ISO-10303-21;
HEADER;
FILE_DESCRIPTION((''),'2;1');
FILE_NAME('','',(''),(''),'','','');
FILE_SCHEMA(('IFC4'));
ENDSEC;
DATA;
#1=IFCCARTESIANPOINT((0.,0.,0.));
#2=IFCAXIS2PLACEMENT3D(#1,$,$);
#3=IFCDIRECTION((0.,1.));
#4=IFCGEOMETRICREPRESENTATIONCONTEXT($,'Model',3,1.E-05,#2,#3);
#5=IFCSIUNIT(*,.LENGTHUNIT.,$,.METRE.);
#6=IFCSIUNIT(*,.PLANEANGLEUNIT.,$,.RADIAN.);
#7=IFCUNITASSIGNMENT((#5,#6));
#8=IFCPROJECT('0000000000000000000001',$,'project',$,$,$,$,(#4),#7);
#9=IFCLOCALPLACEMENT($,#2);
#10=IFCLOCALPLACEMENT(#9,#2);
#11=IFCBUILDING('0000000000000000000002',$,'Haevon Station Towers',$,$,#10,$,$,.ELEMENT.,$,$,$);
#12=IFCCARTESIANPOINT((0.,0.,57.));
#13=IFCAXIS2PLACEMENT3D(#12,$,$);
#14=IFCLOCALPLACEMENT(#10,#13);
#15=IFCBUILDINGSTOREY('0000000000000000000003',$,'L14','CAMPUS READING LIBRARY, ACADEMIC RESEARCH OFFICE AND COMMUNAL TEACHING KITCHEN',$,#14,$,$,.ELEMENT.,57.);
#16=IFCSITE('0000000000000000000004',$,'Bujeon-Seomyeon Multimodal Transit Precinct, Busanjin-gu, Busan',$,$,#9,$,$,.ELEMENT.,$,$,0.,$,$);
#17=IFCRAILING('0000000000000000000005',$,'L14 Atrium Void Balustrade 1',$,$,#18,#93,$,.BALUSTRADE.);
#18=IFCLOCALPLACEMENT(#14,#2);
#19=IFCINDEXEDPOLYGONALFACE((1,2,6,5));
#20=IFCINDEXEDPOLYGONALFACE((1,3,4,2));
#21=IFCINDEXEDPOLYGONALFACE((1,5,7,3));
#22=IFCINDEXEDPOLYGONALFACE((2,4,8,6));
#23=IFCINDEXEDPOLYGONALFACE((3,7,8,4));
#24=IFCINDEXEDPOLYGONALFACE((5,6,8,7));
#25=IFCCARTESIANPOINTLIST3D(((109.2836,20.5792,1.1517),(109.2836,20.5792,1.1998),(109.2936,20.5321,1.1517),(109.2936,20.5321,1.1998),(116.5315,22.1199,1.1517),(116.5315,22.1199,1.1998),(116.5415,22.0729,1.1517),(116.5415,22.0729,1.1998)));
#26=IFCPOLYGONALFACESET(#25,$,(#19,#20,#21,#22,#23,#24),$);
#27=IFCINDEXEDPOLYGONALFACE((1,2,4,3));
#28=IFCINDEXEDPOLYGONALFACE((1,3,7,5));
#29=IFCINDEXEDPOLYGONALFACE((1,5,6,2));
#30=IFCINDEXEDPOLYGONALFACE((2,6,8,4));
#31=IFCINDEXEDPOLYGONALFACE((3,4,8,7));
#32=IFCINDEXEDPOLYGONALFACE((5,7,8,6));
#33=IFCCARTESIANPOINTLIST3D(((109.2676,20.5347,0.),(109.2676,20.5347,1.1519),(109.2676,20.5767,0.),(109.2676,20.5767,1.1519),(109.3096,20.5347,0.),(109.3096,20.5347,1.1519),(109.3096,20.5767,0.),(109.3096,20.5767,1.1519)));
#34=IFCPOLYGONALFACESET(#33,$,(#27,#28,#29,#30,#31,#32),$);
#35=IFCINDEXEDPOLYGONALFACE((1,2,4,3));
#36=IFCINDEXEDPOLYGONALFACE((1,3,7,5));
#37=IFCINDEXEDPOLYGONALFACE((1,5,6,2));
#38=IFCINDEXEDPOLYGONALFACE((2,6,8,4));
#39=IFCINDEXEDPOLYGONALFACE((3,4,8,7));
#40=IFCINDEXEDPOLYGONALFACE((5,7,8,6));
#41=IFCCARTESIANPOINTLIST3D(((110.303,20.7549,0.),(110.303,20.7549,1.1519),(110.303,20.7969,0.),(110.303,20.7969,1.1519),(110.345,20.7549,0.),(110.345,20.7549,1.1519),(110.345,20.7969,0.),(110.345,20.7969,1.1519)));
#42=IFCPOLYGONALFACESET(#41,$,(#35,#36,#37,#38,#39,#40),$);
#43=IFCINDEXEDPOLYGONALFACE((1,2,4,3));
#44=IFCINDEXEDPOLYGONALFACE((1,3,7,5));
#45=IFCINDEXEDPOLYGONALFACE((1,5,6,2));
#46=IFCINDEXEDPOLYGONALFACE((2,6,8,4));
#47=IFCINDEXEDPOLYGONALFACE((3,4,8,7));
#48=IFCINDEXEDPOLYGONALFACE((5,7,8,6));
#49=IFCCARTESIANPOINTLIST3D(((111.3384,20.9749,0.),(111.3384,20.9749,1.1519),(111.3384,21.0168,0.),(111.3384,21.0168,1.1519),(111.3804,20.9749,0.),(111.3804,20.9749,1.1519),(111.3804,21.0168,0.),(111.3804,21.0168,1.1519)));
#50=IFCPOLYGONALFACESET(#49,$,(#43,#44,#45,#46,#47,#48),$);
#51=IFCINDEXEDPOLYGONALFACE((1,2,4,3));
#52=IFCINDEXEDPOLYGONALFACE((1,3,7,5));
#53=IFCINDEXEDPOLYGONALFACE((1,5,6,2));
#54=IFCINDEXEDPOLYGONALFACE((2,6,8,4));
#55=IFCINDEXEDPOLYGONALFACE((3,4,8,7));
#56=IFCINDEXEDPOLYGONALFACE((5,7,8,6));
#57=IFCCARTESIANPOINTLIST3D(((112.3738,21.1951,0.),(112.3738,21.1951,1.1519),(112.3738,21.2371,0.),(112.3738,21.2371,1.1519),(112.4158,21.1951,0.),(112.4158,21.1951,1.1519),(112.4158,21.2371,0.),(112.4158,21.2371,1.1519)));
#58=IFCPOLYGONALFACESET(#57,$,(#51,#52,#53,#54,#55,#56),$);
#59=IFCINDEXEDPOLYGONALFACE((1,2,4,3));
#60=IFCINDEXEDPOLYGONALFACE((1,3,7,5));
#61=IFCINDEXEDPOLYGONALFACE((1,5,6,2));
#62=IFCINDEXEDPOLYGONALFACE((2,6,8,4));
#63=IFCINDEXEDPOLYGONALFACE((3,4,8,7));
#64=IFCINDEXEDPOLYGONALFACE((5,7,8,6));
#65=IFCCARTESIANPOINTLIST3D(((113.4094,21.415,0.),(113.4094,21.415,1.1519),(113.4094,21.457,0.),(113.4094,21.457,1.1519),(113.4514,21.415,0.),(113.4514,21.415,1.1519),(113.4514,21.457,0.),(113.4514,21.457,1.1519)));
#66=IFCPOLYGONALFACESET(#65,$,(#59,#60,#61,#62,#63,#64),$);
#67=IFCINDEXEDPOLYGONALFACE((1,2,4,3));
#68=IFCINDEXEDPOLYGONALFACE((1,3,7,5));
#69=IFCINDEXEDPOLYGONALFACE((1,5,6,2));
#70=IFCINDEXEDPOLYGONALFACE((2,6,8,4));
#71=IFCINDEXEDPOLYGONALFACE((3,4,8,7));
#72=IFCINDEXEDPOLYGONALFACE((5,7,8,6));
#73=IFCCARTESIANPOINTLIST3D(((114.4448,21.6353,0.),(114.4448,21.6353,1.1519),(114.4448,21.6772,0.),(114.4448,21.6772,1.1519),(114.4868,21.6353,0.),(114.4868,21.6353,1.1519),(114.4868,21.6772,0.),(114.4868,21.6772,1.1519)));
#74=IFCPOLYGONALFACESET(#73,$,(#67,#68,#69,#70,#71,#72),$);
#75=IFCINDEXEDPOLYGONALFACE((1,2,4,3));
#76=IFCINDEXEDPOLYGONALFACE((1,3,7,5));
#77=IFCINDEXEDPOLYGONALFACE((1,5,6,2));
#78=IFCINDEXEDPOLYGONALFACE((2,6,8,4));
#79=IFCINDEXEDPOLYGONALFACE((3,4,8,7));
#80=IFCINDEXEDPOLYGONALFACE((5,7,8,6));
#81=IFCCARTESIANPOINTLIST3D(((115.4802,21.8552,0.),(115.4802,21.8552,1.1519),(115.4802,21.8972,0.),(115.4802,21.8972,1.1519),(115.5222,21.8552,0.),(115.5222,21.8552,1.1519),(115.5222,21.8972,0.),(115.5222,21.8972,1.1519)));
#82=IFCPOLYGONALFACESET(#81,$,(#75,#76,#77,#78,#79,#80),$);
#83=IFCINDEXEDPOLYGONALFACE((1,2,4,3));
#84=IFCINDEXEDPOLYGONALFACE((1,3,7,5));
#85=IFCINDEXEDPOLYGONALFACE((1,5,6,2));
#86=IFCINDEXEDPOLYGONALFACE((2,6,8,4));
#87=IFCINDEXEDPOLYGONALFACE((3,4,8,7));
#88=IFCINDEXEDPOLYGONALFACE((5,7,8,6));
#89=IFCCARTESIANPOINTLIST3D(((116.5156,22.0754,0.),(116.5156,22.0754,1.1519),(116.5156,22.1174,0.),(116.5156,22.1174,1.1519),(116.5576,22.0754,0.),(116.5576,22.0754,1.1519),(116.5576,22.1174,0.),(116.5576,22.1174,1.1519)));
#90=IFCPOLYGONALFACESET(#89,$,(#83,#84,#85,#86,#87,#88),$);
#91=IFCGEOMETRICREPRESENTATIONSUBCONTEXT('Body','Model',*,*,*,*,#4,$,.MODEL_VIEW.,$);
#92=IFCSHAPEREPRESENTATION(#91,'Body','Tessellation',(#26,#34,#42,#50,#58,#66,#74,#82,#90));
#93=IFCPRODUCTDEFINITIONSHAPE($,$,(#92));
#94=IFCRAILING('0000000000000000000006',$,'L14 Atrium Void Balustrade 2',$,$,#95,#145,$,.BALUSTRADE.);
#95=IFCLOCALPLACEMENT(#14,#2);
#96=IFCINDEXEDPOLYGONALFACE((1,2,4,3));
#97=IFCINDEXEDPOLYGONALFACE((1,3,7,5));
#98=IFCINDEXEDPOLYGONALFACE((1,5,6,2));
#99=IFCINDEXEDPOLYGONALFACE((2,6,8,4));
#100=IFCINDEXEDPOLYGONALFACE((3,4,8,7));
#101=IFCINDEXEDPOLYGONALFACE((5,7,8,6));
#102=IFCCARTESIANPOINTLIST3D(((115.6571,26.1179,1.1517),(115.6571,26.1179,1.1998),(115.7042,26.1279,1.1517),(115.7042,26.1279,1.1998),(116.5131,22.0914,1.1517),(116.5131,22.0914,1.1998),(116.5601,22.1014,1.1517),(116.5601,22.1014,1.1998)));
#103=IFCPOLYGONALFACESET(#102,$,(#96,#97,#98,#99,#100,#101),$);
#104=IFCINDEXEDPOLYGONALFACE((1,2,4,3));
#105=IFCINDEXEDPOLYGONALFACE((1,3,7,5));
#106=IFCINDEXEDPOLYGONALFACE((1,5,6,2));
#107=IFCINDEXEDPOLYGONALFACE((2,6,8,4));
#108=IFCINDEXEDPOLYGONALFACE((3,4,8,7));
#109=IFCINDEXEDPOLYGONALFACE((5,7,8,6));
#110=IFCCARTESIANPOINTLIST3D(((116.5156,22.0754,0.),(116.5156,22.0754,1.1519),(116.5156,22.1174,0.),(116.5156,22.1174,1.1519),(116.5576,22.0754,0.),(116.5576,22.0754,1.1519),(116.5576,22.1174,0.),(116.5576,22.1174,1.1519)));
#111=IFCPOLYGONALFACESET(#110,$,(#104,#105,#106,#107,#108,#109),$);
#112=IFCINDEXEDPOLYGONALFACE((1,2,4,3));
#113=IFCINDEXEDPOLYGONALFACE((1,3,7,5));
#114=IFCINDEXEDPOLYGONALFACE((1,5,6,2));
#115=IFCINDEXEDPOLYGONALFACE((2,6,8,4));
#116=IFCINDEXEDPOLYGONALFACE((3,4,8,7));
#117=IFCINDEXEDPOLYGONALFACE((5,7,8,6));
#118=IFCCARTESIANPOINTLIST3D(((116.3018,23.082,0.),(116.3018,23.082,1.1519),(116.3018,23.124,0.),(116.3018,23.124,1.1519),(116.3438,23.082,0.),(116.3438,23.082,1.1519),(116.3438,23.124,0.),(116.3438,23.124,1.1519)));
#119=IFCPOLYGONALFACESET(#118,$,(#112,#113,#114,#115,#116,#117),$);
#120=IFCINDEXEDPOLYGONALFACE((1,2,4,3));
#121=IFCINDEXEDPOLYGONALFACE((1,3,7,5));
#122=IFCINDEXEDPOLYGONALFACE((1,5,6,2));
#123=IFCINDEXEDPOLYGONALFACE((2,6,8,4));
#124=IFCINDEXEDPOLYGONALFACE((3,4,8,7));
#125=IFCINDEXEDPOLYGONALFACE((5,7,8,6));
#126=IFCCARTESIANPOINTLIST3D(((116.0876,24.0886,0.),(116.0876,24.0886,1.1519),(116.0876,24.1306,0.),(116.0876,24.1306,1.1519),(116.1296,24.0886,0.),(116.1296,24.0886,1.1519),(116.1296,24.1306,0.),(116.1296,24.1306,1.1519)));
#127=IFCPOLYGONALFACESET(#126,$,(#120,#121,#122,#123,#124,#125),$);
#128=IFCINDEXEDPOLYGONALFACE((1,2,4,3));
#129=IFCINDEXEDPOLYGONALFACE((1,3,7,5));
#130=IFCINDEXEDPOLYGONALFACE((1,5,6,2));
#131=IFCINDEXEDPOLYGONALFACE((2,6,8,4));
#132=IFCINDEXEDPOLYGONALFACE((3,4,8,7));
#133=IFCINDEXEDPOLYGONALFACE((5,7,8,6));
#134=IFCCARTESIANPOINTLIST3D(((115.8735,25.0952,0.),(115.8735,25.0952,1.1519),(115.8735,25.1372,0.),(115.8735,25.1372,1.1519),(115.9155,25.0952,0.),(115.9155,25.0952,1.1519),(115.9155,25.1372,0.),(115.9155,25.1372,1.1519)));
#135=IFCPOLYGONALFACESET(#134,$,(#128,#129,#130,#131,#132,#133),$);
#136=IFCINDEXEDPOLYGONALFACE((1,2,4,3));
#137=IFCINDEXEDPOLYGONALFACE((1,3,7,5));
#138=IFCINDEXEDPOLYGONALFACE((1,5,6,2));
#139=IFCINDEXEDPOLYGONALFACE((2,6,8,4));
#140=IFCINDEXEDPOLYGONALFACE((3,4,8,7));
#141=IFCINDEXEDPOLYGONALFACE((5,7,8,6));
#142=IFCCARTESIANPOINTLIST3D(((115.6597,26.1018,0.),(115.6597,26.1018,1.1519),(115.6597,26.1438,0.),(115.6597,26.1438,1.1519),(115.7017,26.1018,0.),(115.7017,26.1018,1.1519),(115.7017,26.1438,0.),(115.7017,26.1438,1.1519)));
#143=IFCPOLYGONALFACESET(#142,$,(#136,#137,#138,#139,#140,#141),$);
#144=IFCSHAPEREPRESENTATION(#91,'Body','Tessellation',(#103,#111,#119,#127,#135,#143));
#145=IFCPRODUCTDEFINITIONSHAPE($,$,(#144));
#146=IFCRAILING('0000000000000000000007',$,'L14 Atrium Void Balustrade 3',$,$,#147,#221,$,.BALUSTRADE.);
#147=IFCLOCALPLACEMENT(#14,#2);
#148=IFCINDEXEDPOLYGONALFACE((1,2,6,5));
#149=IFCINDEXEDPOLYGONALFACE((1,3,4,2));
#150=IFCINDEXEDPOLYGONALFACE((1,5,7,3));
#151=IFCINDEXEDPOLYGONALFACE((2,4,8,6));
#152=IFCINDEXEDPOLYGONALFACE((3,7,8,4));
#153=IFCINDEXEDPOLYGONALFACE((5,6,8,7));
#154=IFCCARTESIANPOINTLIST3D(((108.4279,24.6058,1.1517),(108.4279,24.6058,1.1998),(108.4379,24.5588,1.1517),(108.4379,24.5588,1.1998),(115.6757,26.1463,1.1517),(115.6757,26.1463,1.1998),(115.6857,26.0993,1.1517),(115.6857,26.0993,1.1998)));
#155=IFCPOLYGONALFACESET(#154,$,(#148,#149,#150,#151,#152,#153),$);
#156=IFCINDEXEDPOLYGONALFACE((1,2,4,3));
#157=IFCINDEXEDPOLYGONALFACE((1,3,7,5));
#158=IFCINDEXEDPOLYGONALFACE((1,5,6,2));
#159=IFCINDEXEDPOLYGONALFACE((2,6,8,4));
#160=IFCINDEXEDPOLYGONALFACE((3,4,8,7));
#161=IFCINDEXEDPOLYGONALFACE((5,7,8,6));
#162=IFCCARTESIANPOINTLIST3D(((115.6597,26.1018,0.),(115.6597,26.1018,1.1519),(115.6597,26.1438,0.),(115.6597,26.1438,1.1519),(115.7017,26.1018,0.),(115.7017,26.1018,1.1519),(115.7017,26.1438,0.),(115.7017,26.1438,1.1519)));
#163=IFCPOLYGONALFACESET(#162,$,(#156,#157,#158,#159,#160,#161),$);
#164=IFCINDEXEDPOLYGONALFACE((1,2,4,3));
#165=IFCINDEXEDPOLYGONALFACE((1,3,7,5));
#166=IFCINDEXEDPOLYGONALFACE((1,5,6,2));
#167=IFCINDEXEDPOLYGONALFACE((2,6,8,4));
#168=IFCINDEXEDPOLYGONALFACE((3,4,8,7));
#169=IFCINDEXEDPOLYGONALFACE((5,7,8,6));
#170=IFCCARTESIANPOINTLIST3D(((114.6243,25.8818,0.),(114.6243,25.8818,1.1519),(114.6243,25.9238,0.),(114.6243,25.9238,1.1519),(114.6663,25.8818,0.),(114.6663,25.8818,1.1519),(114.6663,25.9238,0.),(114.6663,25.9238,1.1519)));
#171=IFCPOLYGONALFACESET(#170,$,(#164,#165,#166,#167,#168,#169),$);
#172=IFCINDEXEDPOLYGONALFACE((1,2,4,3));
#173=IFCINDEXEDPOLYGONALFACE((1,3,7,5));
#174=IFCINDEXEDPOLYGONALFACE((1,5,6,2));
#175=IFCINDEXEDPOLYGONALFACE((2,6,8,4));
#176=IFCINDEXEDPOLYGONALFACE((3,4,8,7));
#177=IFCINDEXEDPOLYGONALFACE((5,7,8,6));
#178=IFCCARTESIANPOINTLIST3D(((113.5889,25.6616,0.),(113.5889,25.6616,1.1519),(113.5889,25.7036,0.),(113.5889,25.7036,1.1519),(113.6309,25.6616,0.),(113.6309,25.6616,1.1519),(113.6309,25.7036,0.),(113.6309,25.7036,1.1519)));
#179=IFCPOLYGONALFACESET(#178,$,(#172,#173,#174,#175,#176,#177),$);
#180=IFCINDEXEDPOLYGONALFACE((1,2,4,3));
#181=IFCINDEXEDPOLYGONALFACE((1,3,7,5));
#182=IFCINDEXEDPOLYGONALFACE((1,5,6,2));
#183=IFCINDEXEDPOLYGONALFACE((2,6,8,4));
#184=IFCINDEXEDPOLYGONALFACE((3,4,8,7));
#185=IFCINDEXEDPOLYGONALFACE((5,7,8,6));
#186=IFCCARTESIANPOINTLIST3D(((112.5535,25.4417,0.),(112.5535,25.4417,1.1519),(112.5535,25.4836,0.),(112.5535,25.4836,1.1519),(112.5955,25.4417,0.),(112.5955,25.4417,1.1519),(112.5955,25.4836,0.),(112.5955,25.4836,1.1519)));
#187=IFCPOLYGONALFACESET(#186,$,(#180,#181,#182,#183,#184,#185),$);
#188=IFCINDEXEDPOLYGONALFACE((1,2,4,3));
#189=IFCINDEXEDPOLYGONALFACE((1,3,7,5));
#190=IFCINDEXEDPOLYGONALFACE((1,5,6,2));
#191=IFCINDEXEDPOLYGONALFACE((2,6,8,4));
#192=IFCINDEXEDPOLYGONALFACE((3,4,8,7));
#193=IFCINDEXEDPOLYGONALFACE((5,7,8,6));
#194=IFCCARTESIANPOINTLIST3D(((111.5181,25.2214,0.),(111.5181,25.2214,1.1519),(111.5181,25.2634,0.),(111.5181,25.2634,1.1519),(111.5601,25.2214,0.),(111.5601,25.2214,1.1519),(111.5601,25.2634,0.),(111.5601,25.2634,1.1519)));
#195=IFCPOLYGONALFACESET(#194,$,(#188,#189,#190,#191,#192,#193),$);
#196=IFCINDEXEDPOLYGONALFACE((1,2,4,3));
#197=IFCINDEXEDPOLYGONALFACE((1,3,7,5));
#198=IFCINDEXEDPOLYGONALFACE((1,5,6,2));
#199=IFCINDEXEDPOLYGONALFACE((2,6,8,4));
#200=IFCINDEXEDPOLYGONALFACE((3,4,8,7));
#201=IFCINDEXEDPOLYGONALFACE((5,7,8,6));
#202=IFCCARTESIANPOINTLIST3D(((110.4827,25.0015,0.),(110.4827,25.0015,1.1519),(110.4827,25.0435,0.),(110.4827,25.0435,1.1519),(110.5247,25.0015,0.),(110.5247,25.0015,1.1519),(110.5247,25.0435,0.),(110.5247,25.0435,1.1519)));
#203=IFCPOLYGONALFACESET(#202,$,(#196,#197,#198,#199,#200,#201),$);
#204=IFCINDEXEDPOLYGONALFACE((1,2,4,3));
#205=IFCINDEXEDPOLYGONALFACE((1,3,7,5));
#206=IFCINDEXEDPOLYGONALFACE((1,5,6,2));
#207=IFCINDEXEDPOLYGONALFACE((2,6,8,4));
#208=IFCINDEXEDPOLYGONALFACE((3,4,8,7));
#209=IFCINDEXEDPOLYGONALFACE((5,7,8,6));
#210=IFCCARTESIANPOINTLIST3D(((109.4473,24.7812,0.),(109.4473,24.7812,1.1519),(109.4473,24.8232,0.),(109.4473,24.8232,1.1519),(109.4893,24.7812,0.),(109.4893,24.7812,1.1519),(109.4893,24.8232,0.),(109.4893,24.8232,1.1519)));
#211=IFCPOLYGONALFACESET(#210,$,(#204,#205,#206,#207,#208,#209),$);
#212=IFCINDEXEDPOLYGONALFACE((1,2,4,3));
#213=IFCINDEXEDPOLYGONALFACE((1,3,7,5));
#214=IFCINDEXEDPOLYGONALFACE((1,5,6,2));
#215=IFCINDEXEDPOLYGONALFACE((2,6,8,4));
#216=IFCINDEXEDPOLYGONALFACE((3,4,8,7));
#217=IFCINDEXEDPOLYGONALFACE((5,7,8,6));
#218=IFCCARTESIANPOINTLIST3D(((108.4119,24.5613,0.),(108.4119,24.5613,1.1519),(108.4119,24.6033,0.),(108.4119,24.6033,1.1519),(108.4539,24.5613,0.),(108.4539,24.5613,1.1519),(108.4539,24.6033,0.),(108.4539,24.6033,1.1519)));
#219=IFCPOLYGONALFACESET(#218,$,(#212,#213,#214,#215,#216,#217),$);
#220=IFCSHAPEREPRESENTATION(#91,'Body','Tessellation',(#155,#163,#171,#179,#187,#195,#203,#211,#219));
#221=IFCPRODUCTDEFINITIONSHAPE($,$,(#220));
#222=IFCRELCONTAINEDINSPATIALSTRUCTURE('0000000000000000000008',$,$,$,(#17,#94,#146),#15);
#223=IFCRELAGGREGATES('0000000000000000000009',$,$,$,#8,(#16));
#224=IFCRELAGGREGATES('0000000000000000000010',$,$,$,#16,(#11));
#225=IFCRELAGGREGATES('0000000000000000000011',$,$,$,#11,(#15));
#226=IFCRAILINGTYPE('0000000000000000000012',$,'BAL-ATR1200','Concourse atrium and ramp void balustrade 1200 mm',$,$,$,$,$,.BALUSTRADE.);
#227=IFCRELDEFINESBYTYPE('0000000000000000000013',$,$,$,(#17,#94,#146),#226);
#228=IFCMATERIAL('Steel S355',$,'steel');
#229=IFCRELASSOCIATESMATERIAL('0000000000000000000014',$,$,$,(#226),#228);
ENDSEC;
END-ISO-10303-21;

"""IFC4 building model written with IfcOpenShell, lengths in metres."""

from ifc_helpers import new_model, si_unit, direction, frame, origin, origin_2d, place, context, subcontext, project, spatial, rectangle, extrude, material, type_object, element, save


model = new_model("IFC4")

# Units and contexts
model_context = context("Model", 3, precision=1e-05, world=origin(), true_north=direction((0.0, 1.0)))
body_context = subcontext(model_context, "Body", "Model", "MODEL_VIEW")
ifc_project = project(units=[si_unit("LENGTHUNIT", "METRE"), si_unit("PLANEANGLEUNIT", "RADIAN")], contexts=[model_context])

# Site, building, storey
site_placement = place(None, origin())
site = spatial("IfcSite", under=ifc_project, at=site_placement, Name="Bujeon-Seomyeon Multimodal Transit Precinct, Busanjin-gu, Busan", CompositionType="ELEMENT", RefElevation=0.0)
building_placement = place(site_placement, origin())
building = spatial("IfcBuilding", under=site, at=building_placement, Name="Haevon Station Towers", CompositionType="ELEMENT")
storey_placement = place(building_placement, frame((0.0, 0.0, 57.0)))
storey = spatial("IfcBuildingStorey", under=building, at=storey_placement, Name="L14", Description="CAMPUS READING LIBRARY, ACADEMIC RESEARCH OFFICE AND COMMUNAL TEACHING KITCHEN", CompositionType="ELEMENT", Elevation=57.0)

# Shared definitions
ifc_material_1 = material(Name="Steel S355", Category="steel")

# Railings
railing_type = type_object("IfcRailingType", Name="BAL-ATR1200", Description="Concourse atrium and ramp void balustrade 1200 mm", PredefinedType="BALUSTRADE", material=ifc_material_1)
railing_1_placement = place(storey_placement, frame((109.2886, 20.5557, 0.0)))
element("IfcRailing", 1, at=railing_1_placement, inside=storey, type_object=railing_type, Name="L14 Atrium Void Balustrade 1", PredefinedType="BALUSTRADE", context=body_context, shape_type="SweptSolid", body=[
    extrude(rectangle(XDim=0.0481, YDim=0.0481, at=origin_2d()), frame((0.0, 0.0, 1.1758), z_axis=(0.978143, 0.207931, 0.0), x_axis=(-0.207931, 0.978143, 0.0)), (0.0, 0.0, 1.0), 7.4099),
    extrude(rectangle(XDim=0.042, YDim=0.042, at=origin_2d()), origin(), (0.0, 0.0, 1.0), 1.1519),
    extrude(rectangle(XDim=0.042, YDim=0.042, at=origin_2d()), frame((1.0354, 0.2202, 0.0)), (0.0, 0.0, 1.0), 1.1519),
    extrude(rectangle(XDim=0.042, YDim=0.042, at=origin_2d()), frame((2.0708, 0.4402, 0.0)), (0.0, 0.0, 1.0), 1.1519),
    extrude(rectangle(XDim=0.042, YDim=0.042, at=origin_2d()), frame((3.1062, 0.6604, 0.0)), (0.0, 0.0, 1.0), 1.1519),
    extrude(rectangle(XDim=0.042, YDim=0.042, at=origin_2d()), frame((4.1418, 0.8804, 0.0)), (0.0, 0.0, 1.0), 1.1519),
    extrude(rectangle(XDim=0.042, YDim=0.042, at=origin_2d()), frame((5.1772, 1.1006, 0.0)), (0.0, 0.0, 1.0), 1.1519),
    extrude(rectangle(XDim=0.042, YDim=0.042, at=origin_2d()), frame((6.2126, 1.3206, 0.0)), (0.0, 0.0, 1.0), 1.1519),
    extrude(rectangle(XDim=0.042, YDim=0.042, at=origin_2d()), frame((7.248, 1.5408, 0.0)), (0.0, 0.0, 1.0), 1.1519),
])
railing_2_placement = place(storey_placement, frame((116.5366, 22.0964, 0.0)))
element("IfcRailing", 2, at=railing_2_placement, inside=storey, type_object=railing_type, Name="L14 Atrium Void Balustrade 2", PredefinedType="BALUSTRADE", context=body_context, shape_type="SweptSolid", body=[
    extrude(rectangle(XDim=0.0481, YDim=0.0481, at=origin_2d()), frame((0.0, 0.0, 1.1758), z_axis=(-0.207941, 0.978141, 0.0), x_axis=(-0.978141, -0.207941, 0.0)), (0.0, 0.0, 1.0), 4.1165),
    extrude(rectangle(XDim=0.042, YDim=0.042, at=origin_2d()), origin(), (0.0, 0.0, 1.0), 1.1519),
    extrude(rectangle(XDim=0.042, YDim=0.042, at=origin_2d()), frame((-0.2139, 1.0066, 0.0)), (0.0, 0.0, 1.0), 1.1519),
    extrude(rectangle(XDim=0.042, YDim=0.042, at=origin_2d()), frame((-0.428, 2.0132, 0.0)), (0.0, 0.0, 1.0), 1.1519),
    extrude(rectangle(XDim=0.042, YDim=0.042, at=origin_2d()), frame((-0.6421, 3.0198, 0.0)), (0.0, 0.0, 1.0), 1.1519),
    extrude(rectangle(XDim=0.042, YDim=0.042, at=origin_2d()), frame((-0.856, 4.0264, 0.0)), (0.0, 0.0, 1.0), 1.1519),
])
railing_3_placement = place(storey_placement, frame((115.6807, 26.1228, 0.0)))
element("IfcRailing", 3, at=railing_3_placement, inside=storey, type_object=railing_type, Name="L14 Atrium Void Balustrade 3", PredefinedType="BALUSTRADE", context=body_context, shape_type="SweptSolid", body=[
    extrude(rectangle(XDim=0.0481, YDim=0.0481, at=origin_2d()), frame((0.0, 0.0, 1.1758), z_axis=(-0.978149, -0.207906, 0.0), x_axis=(0.207906, -0.978149, 0.0)), (0.0, 0.0, 1.0), 7.4097),
    extrude(rectangle(XDim=0.042, YDim=0.042, at=origin_2d()), origin(), (0.0, 0.0, 1.0), 1.1519),
    extrude(rectangle(XDim=0.042, YDim=0.042, at=origin_2d()), frame((-1.0354, -0.22, 0.0)), (0.0, 0.0, 1.0), 1.1519),
    extrude(rectangle(XDim=0.042, YDim=0.042, at=origin_2d()), frame((-2.0708, -0.4402, 0.0)), (0.0, 0.0, 1.0), 1.1519),
    extrude(rectangle(XDim=0.042, YDim=0.042, at=origin_2d()), frame((-3.1062, -0.6602, 0.0)), (0.0, 0.0, 1.0), 1.1519),
    extrude(rectangle(XDim=0.042, YDim=0.042, at=origin_2d()), frame((-4.1416, -0.8804, 0.0)), (0.0, 0.0, 1.0), 1.1519),
    extrude(rectangle(XDim=0.042, YDim=0.042, at=origin_2d()), frame((-5.177, -1.1003, 0.0)), (0.0, 0.0, 1.0), 1.1519),
    extrude(rectangle(XDim=0.042, YDim=0.042, at=origin_2d()), frame((-6.2124, -1.3206, 0.0)), (0.0, 0.0, 1.0), 1.1519),
    extrude(rectangle(XDim=0.042, YDim=0.042, at=origin_2d()), frame((-7.2478, -1.5405, 0.0)), (0.0, 0.0, 1.0), 1.1519),
])

save(model, "model.ifc")
